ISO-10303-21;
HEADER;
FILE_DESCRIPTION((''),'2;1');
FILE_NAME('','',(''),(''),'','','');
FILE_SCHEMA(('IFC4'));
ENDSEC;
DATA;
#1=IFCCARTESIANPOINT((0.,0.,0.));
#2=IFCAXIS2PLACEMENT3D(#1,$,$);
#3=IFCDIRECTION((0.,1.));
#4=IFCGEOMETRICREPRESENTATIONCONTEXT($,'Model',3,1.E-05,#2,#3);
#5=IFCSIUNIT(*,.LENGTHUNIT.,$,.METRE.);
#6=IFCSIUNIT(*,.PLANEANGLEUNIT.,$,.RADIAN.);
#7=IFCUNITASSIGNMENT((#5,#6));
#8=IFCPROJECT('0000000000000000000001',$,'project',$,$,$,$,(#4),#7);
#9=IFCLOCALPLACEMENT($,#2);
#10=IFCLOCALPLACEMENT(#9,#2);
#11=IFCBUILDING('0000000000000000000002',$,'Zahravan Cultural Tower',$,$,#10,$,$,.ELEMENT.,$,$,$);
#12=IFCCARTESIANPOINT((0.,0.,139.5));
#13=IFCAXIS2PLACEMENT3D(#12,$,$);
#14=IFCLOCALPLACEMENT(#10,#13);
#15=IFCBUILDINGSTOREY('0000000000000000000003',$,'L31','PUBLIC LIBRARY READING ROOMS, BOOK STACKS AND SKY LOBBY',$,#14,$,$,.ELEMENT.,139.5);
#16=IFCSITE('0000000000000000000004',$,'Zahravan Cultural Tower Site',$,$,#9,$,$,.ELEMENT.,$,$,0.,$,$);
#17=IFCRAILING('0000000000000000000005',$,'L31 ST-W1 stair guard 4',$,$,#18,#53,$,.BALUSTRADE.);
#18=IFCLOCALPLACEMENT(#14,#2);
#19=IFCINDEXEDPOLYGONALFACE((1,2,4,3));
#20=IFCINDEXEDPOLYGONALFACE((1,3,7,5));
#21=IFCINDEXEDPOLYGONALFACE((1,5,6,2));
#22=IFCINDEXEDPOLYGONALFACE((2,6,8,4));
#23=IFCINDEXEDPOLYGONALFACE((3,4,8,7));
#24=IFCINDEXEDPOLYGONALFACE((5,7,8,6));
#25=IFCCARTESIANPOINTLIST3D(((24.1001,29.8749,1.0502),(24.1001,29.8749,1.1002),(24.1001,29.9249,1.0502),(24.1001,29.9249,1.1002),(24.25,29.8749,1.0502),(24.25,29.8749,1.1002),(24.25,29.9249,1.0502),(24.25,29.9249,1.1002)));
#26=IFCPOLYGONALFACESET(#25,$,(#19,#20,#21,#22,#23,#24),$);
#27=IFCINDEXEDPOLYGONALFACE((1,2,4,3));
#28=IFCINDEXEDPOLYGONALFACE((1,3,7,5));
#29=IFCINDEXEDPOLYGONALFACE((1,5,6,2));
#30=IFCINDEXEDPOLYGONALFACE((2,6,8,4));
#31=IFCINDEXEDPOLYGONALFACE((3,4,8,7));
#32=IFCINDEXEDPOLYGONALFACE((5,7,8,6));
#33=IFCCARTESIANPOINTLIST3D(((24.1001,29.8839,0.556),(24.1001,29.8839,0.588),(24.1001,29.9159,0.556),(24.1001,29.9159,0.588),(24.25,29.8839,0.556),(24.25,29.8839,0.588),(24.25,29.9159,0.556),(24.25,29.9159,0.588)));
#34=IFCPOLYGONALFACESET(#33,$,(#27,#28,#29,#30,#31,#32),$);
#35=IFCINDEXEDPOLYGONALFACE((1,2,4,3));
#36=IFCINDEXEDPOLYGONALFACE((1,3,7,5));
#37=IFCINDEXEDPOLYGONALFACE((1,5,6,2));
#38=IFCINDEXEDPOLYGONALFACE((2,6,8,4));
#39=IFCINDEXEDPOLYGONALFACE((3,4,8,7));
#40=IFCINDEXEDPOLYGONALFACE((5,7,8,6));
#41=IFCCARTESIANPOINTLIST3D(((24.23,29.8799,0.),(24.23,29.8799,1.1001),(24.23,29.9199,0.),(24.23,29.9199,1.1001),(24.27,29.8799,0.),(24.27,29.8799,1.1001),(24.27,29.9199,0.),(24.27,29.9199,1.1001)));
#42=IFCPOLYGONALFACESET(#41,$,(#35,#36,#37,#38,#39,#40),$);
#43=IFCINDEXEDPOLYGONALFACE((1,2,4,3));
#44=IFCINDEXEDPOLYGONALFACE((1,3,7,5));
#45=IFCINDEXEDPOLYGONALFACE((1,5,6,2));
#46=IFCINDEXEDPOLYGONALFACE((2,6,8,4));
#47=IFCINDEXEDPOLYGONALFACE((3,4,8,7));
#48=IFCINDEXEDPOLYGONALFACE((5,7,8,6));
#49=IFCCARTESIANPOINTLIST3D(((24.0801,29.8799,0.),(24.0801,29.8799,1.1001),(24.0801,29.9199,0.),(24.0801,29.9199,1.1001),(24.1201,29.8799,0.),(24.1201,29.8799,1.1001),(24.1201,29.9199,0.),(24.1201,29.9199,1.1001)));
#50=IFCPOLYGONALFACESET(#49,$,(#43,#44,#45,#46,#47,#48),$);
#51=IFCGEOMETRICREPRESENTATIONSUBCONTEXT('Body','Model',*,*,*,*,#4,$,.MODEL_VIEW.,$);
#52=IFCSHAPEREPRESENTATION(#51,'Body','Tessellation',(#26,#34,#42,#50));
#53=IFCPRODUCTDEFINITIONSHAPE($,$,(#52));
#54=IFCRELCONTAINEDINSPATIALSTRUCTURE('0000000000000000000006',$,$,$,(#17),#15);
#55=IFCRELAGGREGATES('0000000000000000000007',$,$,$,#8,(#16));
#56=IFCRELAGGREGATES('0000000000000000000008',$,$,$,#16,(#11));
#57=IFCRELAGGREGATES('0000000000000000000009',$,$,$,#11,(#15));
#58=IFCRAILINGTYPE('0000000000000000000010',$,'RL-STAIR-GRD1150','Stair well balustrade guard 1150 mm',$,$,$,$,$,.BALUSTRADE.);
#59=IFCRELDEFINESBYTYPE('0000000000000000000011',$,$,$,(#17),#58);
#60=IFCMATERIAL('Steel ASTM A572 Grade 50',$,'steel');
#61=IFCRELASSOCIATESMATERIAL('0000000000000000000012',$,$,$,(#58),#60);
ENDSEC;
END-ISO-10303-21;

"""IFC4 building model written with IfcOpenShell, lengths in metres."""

from ifc_helpers import new_model, si_unit, direction, frame, origin, origin_2d, place, context, subcontext, project, spatial, rectangle, extrude, material, type_object, element, save


model = new_model("IFC4")

# Units and contexts
model_context = context("Model", 3, precision=1e-05, world=origin(), true_north=direction((0.0, 1.0)))
body_context = subcontext(model_context, "Body", "Model", "MODEL_VIEW")
ifc_project = project(units=[si_unit("LENGTHUNIT", "METRE"), si_unit("PLANEANGLEUNIT", "RADIAN")], contexts=[model_context])

# Site, building, storey
site_placement = place(None, origin())
site = spatial("IfcSite", under=ifc_project, at=site_placement, Name="Zahravan Cultural Tower Site", CompositionType="ELEMENT", RefElevation=0.0)
building_placement = place(site_placement, origin())
building = spatial("IfcBuilding", under=site, at=building_placement, Name="Zahravan Cultural Tower", CompositionType="ELEMENT")
storey_placement = place(building_placement, frame((0.0, 0.0, 139.5)))
storey = spatial("IfcBuildingStorey", under=building, at=storey_placement, Name="L31", Description="PUBLIC LIBRARY READING ROOMS, BOOK STACKS AND SKY LOBBY", CompositionType="ELEMENT", Elevation=139.5)

# Shared definitions
ifc_material_1 = material(Name="Steel ASTM A572 Grade 50", Category="steel")

# Railing
railing_type = type_object("IfcRailingType", Name="RL-STAIR-GRD1150", Description="Stair well balustrade guard 1150 mm", PredefinedType="BALUSTRADE", material=ifc_material_1)
railing_placement = place(storey_placement, frame((24.25, 29.8999, 0.0)))
element("IfcRailing", 1, at=railing_placement, inside=storey, type_object=railing_type, Name="L31 ST-W1 stair guard 4", PredefinedType="BALUSTRADE", context=body_context, shape_type="SweptSolid", body=[
    extrude(rectangle(XDim=0.05, YDim=0.05, at=origin_2d()), frame((0.0, 0.0, 1.0752), z_axis=(-1.0, 0.0, 0.0), x_axis=(0.0, -1.0, 0.0)), (0.0, 0.0, 1.0), 0.1499),
    extrude(rectangle(XDim=0.032, YDim=0.032, at=origin_2d()), frame((0.0, 0.0, 0.572), z_axis=(-1.0, 0.0, 0.0), x_axis=(0.0, -1.0, 0.0)), (0.0, 0.0, 1.0), 0.1499),
    extrude(rectangle(XDim=0.04, YDim=0.04, at=origin_2d()), origin(), (0.0, 0.0, 1.0), 1.1001),
    extrude(rectangle(XDim=0.04, YDim=0.04, at=origin_2d()), frame((-0.1499, 0.0, 0.0)), (0.0, 0.0, 1.0), 1.1001),
])

save(model, "model.ifc")
